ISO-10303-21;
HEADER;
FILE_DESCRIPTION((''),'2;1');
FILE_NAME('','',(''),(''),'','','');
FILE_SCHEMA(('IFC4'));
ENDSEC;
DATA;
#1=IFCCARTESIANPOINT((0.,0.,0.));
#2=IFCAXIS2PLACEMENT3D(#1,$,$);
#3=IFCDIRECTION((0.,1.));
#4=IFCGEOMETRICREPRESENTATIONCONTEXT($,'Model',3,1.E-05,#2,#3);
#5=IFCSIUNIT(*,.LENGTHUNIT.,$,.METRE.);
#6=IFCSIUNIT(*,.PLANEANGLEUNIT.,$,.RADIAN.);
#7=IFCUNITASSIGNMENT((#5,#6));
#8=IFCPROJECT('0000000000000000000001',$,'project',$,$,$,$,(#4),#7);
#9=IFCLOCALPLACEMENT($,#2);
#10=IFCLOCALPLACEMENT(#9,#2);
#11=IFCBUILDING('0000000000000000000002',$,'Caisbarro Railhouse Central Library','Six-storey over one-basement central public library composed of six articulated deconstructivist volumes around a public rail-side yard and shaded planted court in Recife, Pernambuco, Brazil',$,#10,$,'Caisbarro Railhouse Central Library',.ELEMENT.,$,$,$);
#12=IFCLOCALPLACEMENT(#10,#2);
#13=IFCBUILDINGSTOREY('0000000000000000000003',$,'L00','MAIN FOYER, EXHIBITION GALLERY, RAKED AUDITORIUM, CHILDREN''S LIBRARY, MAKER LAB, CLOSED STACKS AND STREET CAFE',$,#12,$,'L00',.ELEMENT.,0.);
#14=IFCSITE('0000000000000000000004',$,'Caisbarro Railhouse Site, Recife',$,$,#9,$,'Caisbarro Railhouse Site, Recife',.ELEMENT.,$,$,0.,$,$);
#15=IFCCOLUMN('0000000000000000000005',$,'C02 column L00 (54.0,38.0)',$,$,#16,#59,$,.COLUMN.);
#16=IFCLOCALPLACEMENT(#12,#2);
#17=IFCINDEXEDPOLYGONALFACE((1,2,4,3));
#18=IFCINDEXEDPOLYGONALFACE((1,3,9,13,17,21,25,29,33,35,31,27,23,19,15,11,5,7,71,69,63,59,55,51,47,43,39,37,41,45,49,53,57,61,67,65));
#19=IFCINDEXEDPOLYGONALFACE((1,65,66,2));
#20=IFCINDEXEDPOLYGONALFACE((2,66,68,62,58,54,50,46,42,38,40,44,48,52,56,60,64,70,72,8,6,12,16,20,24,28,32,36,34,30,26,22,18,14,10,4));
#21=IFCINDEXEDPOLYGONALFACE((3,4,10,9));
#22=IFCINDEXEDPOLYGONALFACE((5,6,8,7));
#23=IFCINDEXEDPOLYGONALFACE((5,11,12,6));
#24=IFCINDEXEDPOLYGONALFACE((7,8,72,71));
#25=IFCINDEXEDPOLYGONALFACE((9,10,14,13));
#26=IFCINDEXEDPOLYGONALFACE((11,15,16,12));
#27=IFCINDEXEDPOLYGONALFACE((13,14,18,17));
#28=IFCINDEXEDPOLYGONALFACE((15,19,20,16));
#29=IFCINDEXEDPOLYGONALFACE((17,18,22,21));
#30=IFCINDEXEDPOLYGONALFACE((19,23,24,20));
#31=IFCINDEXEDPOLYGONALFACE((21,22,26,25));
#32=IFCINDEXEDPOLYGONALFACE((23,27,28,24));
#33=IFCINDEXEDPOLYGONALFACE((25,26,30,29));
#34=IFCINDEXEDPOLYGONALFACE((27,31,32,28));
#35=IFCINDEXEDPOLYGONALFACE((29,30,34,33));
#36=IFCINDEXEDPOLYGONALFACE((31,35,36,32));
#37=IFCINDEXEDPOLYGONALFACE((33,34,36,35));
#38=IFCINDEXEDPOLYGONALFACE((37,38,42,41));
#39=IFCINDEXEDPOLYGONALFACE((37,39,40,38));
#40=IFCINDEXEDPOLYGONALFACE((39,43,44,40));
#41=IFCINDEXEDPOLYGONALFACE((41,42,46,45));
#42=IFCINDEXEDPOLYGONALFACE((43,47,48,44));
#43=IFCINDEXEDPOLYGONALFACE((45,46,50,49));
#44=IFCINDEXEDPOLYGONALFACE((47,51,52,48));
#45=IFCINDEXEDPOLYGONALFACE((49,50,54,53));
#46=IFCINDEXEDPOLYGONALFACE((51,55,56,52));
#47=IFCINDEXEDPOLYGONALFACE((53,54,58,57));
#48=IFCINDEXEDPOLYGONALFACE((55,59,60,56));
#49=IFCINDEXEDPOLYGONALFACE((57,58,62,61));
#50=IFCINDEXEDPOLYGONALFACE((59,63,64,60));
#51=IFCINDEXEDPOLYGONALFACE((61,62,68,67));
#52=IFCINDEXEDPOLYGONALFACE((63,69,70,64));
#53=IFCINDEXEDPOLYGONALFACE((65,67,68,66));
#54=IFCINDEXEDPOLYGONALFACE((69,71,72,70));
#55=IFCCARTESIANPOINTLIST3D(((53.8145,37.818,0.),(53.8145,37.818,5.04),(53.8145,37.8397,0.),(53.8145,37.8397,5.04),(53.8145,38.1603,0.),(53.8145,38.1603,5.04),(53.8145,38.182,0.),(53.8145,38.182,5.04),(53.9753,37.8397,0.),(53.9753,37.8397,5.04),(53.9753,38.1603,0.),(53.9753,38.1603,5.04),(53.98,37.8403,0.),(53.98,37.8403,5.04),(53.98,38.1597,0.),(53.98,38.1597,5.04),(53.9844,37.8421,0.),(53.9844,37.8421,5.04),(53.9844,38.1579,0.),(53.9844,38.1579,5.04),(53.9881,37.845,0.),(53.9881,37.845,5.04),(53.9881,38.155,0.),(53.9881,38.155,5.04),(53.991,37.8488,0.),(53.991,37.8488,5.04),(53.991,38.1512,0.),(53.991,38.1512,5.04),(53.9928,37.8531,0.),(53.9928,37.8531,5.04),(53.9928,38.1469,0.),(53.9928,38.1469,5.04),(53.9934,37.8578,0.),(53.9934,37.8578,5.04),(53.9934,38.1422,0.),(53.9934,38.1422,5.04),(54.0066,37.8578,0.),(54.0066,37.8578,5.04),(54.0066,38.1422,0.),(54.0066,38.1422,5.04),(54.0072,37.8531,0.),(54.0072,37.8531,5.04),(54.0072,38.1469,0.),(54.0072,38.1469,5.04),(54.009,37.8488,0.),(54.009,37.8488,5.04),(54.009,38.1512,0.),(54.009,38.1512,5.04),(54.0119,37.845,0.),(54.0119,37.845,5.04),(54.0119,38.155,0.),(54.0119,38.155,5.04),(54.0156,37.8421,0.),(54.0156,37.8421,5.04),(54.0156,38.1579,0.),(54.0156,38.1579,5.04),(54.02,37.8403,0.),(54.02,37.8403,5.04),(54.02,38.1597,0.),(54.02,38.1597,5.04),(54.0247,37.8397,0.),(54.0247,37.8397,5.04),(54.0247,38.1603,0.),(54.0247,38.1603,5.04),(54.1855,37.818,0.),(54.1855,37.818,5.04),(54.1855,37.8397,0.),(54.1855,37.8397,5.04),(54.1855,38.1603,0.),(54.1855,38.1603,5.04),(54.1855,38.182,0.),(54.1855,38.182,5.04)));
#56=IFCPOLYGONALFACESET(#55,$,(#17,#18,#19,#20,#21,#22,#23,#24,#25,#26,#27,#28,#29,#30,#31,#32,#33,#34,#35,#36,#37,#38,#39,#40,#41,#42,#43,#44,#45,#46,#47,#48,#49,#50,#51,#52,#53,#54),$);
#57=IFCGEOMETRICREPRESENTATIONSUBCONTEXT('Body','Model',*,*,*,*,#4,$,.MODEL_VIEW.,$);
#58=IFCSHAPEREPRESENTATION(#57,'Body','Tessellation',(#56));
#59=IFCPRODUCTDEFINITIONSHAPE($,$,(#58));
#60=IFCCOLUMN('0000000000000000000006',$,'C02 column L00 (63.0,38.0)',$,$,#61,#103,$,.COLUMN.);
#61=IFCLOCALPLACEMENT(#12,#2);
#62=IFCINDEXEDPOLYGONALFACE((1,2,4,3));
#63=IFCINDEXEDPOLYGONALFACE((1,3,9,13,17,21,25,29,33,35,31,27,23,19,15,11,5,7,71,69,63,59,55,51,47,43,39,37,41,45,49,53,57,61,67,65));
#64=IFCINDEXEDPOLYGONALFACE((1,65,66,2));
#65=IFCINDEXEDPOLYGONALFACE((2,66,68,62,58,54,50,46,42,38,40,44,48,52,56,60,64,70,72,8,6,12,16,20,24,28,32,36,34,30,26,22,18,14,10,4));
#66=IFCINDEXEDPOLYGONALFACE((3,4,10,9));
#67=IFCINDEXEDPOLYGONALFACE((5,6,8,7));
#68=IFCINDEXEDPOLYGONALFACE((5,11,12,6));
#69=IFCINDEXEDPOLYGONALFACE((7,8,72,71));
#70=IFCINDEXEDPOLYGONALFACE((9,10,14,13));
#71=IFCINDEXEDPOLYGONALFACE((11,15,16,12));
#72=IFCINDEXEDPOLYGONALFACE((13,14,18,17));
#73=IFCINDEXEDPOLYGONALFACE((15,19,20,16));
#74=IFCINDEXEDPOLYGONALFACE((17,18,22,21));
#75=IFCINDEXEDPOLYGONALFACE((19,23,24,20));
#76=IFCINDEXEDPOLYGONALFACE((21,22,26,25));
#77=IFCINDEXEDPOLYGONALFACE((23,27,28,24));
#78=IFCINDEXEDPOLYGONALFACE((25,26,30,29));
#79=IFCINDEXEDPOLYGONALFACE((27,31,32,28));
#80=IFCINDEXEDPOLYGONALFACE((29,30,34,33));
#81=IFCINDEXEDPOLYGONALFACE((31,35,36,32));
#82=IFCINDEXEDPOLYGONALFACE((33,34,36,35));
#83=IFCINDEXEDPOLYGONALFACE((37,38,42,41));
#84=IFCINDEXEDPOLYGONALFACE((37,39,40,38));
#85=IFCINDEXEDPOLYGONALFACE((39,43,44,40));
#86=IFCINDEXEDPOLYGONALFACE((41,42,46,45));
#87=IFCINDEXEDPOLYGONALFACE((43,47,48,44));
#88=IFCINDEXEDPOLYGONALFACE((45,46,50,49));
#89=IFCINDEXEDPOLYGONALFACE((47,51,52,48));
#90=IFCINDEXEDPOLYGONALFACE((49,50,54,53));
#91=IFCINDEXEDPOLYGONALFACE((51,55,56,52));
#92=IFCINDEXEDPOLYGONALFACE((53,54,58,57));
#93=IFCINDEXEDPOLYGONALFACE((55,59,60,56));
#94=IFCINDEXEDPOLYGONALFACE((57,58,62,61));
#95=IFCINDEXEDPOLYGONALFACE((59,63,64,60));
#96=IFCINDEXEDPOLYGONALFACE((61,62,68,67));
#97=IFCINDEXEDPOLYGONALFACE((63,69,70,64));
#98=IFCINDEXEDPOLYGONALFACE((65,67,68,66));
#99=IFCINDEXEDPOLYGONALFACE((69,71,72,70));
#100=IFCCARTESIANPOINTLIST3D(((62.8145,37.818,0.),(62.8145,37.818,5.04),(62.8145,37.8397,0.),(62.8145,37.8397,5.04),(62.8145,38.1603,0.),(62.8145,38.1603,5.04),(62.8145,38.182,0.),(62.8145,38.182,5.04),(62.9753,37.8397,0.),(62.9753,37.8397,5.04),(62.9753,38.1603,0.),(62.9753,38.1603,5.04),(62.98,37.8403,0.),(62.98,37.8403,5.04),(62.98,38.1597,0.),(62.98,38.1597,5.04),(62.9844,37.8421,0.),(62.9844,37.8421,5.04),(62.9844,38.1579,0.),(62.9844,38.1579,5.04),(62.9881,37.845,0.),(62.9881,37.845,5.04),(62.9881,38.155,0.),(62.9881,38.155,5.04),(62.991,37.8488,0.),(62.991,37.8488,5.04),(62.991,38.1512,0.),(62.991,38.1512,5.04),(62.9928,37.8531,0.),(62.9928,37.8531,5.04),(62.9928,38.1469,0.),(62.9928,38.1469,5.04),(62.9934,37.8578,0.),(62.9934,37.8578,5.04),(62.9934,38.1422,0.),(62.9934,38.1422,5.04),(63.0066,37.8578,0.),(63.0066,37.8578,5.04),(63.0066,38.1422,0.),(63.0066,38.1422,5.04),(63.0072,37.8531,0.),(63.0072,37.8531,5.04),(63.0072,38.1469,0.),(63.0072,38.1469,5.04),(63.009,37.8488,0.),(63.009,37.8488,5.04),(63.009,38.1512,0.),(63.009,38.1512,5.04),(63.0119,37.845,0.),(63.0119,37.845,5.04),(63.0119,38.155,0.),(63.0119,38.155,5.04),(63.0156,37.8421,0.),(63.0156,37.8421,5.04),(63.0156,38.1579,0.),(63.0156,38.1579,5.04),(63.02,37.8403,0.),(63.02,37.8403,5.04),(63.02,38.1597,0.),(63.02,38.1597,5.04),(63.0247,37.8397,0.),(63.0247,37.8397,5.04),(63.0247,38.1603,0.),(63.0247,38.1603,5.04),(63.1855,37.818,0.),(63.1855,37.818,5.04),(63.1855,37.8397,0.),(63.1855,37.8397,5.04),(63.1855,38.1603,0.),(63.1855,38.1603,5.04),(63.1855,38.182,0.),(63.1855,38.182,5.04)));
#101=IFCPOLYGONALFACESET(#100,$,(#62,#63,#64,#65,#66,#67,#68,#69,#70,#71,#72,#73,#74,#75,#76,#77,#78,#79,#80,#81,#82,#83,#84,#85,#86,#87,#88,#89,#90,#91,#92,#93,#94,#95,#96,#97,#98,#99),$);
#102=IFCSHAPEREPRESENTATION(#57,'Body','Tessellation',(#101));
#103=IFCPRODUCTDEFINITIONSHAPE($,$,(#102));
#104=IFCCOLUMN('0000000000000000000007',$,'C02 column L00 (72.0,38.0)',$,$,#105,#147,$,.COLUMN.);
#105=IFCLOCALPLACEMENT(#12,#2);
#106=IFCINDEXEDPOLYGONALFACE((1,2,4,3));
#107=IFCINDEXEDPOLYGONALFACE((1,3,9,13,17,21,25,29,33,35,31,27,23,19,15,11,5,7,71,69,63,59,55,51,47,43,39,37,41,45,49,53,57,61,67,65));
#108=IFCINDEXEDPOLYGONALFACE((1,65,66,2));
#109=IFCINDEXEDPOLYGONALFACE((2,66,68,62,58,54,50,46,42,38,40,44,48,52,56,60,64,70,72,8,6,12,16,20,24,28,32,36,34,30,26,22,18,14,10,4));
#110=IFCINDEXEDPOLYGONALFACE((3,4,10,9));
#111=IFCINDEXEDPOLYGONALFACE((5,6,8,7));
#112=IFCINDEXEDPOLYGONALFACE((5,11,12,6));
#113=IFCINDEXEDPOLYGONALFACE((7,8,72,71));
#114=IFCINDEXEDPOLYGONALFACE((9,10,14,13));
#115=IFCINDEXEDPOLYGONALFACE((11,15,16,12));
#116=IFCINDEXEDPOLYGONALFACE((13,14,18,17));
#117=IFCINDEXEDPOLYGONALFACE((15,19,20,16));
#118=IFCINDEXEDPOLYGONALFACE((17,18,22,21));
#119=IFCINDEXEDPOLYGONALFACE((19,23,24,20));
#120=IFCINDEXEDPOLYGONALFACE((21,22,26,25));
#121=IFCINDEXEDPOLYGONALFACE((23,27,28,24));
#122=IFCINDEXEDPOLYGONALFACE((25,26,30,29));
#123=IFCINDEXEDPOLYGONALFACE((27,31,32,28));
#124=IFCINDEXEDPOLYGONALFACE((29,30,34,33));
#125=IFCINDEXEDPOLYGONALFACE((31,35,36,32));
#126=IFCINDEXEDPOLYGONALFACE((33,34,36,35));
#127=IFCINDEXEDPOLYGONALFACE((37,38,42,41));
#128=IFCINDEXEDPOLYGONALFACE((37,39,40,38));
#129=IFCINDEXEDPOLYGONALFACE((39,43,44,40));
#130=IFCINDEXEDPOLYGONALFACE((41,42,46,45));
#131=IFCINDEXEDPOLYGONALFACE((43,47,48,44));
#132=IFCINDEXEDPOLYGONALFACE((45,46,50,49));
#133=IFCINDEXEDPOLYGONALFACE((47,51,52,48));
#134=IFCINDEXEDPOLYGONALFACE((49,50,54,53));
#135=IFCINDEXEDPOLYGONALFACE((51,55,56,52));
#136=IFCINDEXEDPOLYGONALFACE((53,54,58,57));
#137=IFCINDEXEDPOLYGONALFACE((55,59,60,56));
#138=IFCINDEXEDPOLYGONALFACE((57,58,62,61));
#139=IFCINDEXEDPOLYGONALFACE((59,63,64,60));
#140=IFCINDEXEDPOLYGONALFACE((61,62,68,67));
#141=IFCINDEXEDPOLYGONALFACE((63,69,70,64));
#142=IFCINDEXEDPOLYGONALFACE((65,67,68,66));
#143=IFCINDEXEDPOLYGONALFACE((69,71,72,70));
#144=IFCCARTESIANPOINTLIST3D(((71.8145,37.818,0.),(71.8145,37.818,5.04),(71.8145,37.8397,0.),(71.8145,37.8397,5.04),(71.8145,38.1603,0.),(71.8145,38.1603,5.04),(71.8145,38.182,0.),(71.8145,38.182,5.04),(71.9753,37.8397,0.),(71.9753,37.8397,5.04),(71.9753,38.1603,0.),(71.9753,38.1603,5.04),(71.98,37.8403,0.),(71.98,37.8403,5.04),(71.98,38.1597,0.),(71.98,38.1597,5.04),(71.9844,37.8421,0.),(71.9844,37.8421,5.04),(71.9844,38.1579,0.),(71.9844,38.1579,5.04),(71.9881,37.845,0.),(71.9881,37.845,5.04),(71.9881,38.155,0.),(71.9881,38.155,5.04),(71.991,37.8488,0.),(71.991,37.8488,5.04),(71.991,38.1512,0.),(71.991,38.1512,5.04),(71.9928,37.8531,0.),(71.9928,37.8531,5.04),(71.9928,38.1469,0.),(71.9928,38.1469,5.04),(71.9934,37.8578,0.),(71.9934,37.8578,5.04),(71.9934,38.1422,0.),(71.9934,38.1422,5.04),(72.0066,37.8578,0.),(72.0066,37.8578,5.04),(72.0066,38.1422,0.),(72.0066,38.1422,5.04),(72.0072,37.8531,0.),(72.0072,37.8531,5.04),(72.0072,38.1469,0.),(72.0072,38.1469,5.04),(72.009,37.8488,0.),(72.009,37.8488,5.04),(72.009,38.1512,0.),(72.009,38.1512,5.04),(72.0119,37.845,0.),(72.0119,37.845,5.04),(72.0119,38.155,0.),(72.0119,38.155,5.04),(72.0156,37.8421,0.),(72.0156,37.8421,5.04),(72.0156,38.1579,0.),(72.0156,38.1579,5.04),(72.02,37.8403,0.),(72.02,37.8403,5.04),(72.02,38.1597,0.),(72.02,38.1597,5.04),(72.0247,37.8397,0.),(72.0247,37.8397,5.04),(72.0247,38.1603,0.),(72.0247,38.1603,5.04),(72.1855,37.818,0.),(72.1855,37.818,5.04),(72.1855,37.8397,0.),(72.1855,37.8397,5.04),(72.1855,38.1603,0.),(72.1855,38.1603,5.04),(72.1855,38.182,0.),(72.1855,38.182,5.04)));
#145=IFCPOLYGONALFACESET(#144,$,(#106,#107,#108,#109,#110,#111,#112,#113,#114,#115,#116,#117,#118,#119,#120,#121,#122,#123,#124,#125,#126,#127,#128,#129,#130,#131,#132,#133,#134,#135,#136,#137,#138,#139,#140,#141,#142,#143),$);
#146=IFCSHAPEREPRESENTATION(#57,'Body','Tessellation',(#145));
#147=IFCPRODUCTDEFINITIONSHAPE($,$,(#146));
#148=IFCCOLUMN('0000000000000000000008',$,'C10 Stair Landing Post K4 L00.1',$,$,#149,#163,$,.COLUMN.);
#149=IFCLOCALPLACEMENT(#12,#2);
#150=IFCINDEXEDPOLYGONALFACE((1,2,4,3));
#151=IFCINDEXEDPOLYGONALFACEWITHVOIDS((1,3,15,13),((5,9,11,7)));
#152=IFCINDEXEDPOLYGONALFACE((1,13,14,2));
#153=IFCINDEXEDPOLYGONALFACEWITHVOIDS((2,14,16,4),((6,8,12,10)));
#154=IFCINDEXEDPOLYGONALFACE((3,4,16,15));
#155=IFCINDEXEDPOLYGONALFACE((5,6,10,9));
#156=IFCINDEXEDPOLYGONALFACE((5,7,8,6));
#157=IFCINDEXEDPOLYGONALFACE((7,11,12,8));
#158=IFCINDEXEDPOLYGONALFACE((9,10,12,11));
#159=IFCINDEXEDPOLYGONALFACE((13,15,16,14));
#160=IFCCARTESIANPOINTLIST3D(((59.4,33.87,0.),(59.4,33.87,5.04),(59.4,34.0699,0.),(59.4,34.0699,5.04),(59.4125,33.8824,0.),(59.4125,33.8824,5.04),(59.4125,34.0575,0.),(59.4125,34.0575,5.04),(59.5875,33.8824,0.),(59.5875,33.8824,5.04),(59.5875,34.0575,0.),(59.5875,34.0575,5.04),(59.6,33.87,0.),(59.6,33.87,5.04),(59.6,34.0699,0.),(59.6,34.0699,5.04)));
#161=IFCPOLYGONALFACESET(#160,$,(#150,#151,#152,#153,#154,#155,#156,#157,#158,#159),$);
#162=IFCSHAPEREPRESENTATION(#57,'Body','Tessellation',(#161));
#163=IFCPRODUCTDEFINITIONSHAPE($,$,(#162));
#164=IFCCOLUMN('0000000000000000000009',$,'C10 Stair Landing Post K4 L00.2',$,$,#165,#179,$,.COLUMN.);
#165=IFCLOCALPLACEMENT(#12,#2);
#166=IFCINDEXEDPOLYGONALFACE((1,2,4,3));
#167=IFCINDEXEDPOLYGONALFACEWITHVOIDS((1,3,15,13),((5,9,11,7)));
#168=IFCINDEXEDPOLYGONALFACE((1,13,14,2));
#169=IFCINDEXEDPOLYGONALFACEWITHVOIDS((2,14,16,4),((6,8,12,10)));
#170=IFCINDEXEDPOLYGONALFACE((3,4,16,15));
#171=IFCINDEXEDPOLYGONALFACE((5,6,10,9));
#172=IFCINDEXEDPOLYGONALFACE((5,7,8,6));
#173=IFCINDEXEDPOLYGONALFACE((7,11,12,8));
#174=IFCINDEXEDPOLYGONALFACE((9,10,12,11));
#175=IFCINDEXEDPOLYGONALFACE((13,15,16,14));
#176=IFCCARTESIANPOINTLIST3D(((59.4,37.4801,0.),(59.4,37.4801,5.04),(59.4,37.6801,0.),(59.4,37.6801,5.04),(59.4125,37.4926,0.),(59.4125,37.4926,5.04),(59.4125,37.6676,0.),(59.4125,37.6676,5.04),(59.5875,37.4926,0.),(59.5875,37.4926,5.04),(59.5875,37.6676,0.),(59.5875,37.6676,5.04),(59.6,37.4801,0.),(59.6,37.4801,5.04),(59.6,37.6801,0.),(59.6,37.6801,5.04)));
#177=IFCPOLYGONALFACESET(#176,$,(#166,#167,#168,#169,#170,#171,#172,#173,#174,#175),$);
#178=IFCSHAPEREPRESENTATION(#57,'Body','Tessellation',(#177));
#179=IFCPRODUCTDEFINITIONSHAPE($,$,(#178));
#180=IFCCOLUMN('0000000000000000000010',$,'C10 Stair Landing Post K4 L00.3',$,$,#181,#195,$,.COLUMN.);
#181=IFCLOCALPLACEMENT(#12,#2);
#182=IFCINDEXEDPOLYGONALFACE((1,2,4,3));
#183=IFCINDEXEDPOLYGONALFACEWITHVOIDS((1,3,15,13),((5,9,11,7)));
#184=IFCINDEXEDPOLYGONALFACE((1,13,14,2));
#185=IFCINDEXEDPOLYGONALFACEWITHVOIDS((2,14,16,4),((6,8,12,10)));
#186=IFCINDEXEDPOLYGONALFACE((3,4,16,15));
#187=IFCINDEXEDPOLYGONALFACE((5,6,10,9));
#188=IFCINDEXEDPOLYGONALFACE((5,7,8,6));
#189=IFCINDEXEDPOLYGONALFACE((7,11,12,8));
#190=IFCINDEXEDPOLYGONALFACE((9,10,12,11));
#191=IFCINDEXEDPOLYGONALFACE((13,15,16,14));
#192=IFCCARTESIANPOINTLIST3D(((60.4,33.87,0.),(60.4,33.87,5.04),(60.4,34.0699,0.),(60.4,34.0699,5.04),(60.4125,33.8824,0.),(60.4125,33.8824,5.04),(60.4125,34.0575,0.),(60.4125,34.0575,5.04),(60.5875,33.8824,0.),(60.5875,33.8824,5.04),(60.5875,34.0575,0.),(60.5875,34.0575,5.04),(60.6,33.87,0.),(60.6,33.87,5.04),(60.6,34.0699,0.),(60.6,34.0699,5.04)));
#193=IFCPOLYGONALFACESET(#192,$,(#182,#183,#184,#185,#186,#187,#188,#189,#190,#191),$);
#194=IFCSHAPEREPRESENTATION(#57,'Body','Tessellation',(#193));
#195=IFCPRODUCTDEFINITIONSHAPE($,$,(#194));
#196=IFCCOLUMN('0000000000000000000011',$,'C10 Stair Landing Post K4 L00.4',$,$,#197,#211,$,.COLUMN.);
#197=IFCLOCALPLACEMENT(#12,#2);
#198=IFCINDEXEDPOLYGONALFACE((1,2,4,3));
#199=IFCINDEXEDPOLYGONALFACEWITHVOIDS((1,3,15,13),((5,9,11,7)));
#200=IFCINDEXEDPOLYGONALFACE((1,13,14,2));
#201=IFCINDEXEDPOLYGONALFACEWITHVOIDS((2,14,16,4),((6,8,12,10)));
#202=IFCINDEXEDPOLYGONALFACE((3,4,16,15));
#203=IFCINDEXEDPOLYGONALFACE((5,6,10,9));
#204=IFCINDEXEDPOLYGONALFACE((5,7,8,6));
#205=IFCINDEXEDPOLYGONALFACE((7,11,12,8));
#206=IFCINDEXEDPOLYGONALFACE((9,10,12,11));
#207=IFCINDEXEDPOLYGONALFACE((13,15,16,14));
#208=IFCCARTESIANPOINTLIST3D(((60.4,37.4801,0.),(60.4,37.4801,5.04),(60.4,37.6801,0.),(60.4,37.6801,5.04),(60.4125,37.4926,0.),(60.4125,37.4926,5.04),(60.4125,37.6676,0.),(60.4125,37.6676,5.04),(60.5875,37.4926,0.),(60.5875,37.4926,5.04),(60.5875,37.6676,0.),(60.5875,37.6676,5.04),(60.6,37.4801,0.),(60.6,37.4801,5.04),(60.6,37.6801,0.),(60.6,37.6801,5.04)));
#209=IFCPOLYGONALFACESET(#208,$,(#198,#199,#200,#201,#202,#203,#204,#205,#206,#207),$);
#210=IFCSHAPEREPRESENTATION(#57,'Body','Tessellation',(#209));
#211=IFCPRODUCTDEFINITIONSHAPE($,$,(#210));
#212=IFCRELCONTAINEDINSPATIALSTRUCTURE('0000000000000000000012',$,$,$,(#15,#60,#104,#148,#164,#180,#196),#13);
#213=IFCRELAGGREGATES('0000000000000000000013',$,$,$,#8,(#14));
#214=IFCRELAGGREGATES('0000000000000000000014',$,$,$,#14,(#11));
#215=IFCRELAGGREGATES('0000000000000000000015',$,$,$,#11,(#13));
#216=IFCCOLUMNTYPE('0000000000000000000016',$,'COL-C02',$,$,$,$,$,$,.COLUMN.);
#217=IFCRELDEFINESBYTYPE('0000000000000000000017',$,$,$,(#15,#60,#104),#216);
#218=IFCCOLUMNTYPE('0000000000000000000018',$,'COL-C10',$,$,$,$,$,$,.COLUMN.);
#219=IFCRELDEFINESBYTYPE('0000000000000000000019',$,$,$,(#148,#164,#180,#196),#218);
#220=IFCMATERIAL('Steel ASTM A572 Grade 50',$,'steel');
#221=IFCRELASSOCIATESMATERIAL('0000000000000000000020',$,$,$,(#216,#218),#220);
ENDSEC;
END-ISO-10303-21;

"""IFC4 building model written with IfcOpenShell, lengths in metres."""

from ifc_helpers import new_model, si_unit, direction, frame, origin, origin_2d, place, context, subcontext, project, spatial, hollow_rectangle, i_section, extrude, material, material_profile, profile_set, type_object, element, save


model = new_model("IFC4")

# Units and contexts
model_context = context("Model", 3, precision=1e-05, world=origin(), true_north=direction((0.0, 1.0)))
body_context = subcontext(model_context, "Body", "Model", "MODEL_VIEW")
ifc_project = project(units=[si_unit("LENGTHUNIT", "METRE"), si_unit("PLANEANGLEUNIT", "RADIAN")], contexts=[model_context])

# Site, building, storey
site_placement = place(None, origin())
site = spatial("IfcSite", under=ifc_project, at=site_placement, Name="Caisbarro Railhouse Site, Recife", LongName="Caisbarro Railhouse Site, Recife", CompositionType="ELEMENT", RefElevation=0.0)
building_placement = place(site_placement, origin())
building = spatial("IfcBuilding", under=site, at=building_placement, Name="Caisbarro Railhouse Central Library", Description="Six-storey over one-basement central public library composed of six articulated deconstructivist volumes around a public rail-side yard and shaded planted court in Recife, Pernambuco, Brazil", LongName="Caisbarro Railhouse Central Library", CompositionType="ELEMENT")
storey_placement = place(building_placement, origin())
storey = spatial("IfcBuildingStorey", under=building, at=storey_placement, Name="L00", Description="MAIN FOYER, EXHIBITION GALLERY, RAKED AUDITORIUM, CHILDREN'S LIBRARY, MAKER LAB, CLOSED STACKS AND STREET CAFE", LongName="L00", CompositionType="ELEMENT", Elevation=0.0)

# Columns
ifc_material_1 = material(Name="Steel ASTM A572 Grade 50", Category="steel")
ifc_material_profile_1 = material_profile(ifc_material_1, i_section(OverallWidth=0.3711, OverallDepth=0.364, WebThickness=0.0132, FlangeThickness=0.0217, FilletRadius=0.0181, at=origin_2d()), Name="W360X162.0")
ifc_profile_set_1 = profile_set([ifc_material_profile_1], Name="Steel ASTM A572 Grade 50")
column_type_1 = type_object("IfcColumnType", Name="COL-C02", PredefinedType="COLUMN", material=ifc_profile_set_1)
for number, where, z_axis, x_axis, name in (
    (1, (54.0, 38.0, 0.0), (0.0, 0.0, 1.0), (1.0, 0.0, 0.0), "C02 column L00 (54.0,38.0)"),
    (2, (63.0, 38.0, 0.0), (0.0, 0.0, 1.0), (1.0, 0.0, 0.0), "C02 column L00 (63.0,38.0)"),
    (3, (72.0, 38.0, 0.0), (0.0, 0.0, 1.0), (1.0, 0.0, 0.0), "C02 column L00 (72.0,38.0)"),
):
    element("IfcColumn", number, at=place(storey_placement, frame(where, z_axis=z_axis, x_axis=x_axis)), inside=storey, type_object=column_type_1, Name=name, PredefinedType="COLUMN", context=body_context, shape_type="SweptSolid", body=[
        extrude(i_section(OverallWidth=0.3711, OverallDepth=0.364, WebThickness=0.0132, FlangeThickness=0.0217, FilletRadius=0.0181, at=origin_2d()), origin(), (0.0, 0.0, 1.0), 5.04),
    ])
ifc_material_profile_2 = material_profile(ifc_material_1, hollow_rectangle(XDim=0.2, YDim=0.2, WallThickness=0.0125, at=origin_2d()), Name="HSS200X200X12.5")
ifc_profile_set_2 = profile_set([ifc_material_profile_2], Name="Steel ASTM A572 Grade 50")
column_type_2 = type_object("IfcColumnType", Name="COL-C10", PredefinedType="COLUMN", material=ifc_profile_set_2)
for number, where, z_axis, x_axis, name in (
    (4, (59.5, 33.97, 0.0), (0.0, 0.0, 1.0), (1.0, 0.0, 0.0), "C10 Stair Landing Post K4 L00.1"),
    (5, (59.5, 37.5801, 0.0), (0.0, 0.0, 1.0), (1.0, 0.0, 0.0), "C10 Stair Landing Post K4 L00.2"),
    (6, (60.5, 33.97, 0.0), (0.0, 0.0, 1.0), (1.0, 0.0, 0.0), "C10 Stair Landing Post K4 L00.3"),
    (7, (60.5, 37.5801, 0.0), (0.0, 0.0, 1.0), (1.0, 0.0, 0.0), "C10 Stair Landing Post K4 L00.4"),
):
    element("IfcColumn", number, at=place(storey_placement, frame(where, z_axis=z_axis, x_axis=x_axis)), inside=storey, type_object=column_type_2, Name=name, PredefinedType="COLUMN", context=body_context, shape_type="SweptSolid", body=[
        extrude(hollow_rectangle(XDim=0.2, YDim=0.2, WallThickness=0.0125, at=origin_2d()), origin(), (0.0, 0.0, 1.0), 5.04),
    ])

save(model, "model.ifc")
